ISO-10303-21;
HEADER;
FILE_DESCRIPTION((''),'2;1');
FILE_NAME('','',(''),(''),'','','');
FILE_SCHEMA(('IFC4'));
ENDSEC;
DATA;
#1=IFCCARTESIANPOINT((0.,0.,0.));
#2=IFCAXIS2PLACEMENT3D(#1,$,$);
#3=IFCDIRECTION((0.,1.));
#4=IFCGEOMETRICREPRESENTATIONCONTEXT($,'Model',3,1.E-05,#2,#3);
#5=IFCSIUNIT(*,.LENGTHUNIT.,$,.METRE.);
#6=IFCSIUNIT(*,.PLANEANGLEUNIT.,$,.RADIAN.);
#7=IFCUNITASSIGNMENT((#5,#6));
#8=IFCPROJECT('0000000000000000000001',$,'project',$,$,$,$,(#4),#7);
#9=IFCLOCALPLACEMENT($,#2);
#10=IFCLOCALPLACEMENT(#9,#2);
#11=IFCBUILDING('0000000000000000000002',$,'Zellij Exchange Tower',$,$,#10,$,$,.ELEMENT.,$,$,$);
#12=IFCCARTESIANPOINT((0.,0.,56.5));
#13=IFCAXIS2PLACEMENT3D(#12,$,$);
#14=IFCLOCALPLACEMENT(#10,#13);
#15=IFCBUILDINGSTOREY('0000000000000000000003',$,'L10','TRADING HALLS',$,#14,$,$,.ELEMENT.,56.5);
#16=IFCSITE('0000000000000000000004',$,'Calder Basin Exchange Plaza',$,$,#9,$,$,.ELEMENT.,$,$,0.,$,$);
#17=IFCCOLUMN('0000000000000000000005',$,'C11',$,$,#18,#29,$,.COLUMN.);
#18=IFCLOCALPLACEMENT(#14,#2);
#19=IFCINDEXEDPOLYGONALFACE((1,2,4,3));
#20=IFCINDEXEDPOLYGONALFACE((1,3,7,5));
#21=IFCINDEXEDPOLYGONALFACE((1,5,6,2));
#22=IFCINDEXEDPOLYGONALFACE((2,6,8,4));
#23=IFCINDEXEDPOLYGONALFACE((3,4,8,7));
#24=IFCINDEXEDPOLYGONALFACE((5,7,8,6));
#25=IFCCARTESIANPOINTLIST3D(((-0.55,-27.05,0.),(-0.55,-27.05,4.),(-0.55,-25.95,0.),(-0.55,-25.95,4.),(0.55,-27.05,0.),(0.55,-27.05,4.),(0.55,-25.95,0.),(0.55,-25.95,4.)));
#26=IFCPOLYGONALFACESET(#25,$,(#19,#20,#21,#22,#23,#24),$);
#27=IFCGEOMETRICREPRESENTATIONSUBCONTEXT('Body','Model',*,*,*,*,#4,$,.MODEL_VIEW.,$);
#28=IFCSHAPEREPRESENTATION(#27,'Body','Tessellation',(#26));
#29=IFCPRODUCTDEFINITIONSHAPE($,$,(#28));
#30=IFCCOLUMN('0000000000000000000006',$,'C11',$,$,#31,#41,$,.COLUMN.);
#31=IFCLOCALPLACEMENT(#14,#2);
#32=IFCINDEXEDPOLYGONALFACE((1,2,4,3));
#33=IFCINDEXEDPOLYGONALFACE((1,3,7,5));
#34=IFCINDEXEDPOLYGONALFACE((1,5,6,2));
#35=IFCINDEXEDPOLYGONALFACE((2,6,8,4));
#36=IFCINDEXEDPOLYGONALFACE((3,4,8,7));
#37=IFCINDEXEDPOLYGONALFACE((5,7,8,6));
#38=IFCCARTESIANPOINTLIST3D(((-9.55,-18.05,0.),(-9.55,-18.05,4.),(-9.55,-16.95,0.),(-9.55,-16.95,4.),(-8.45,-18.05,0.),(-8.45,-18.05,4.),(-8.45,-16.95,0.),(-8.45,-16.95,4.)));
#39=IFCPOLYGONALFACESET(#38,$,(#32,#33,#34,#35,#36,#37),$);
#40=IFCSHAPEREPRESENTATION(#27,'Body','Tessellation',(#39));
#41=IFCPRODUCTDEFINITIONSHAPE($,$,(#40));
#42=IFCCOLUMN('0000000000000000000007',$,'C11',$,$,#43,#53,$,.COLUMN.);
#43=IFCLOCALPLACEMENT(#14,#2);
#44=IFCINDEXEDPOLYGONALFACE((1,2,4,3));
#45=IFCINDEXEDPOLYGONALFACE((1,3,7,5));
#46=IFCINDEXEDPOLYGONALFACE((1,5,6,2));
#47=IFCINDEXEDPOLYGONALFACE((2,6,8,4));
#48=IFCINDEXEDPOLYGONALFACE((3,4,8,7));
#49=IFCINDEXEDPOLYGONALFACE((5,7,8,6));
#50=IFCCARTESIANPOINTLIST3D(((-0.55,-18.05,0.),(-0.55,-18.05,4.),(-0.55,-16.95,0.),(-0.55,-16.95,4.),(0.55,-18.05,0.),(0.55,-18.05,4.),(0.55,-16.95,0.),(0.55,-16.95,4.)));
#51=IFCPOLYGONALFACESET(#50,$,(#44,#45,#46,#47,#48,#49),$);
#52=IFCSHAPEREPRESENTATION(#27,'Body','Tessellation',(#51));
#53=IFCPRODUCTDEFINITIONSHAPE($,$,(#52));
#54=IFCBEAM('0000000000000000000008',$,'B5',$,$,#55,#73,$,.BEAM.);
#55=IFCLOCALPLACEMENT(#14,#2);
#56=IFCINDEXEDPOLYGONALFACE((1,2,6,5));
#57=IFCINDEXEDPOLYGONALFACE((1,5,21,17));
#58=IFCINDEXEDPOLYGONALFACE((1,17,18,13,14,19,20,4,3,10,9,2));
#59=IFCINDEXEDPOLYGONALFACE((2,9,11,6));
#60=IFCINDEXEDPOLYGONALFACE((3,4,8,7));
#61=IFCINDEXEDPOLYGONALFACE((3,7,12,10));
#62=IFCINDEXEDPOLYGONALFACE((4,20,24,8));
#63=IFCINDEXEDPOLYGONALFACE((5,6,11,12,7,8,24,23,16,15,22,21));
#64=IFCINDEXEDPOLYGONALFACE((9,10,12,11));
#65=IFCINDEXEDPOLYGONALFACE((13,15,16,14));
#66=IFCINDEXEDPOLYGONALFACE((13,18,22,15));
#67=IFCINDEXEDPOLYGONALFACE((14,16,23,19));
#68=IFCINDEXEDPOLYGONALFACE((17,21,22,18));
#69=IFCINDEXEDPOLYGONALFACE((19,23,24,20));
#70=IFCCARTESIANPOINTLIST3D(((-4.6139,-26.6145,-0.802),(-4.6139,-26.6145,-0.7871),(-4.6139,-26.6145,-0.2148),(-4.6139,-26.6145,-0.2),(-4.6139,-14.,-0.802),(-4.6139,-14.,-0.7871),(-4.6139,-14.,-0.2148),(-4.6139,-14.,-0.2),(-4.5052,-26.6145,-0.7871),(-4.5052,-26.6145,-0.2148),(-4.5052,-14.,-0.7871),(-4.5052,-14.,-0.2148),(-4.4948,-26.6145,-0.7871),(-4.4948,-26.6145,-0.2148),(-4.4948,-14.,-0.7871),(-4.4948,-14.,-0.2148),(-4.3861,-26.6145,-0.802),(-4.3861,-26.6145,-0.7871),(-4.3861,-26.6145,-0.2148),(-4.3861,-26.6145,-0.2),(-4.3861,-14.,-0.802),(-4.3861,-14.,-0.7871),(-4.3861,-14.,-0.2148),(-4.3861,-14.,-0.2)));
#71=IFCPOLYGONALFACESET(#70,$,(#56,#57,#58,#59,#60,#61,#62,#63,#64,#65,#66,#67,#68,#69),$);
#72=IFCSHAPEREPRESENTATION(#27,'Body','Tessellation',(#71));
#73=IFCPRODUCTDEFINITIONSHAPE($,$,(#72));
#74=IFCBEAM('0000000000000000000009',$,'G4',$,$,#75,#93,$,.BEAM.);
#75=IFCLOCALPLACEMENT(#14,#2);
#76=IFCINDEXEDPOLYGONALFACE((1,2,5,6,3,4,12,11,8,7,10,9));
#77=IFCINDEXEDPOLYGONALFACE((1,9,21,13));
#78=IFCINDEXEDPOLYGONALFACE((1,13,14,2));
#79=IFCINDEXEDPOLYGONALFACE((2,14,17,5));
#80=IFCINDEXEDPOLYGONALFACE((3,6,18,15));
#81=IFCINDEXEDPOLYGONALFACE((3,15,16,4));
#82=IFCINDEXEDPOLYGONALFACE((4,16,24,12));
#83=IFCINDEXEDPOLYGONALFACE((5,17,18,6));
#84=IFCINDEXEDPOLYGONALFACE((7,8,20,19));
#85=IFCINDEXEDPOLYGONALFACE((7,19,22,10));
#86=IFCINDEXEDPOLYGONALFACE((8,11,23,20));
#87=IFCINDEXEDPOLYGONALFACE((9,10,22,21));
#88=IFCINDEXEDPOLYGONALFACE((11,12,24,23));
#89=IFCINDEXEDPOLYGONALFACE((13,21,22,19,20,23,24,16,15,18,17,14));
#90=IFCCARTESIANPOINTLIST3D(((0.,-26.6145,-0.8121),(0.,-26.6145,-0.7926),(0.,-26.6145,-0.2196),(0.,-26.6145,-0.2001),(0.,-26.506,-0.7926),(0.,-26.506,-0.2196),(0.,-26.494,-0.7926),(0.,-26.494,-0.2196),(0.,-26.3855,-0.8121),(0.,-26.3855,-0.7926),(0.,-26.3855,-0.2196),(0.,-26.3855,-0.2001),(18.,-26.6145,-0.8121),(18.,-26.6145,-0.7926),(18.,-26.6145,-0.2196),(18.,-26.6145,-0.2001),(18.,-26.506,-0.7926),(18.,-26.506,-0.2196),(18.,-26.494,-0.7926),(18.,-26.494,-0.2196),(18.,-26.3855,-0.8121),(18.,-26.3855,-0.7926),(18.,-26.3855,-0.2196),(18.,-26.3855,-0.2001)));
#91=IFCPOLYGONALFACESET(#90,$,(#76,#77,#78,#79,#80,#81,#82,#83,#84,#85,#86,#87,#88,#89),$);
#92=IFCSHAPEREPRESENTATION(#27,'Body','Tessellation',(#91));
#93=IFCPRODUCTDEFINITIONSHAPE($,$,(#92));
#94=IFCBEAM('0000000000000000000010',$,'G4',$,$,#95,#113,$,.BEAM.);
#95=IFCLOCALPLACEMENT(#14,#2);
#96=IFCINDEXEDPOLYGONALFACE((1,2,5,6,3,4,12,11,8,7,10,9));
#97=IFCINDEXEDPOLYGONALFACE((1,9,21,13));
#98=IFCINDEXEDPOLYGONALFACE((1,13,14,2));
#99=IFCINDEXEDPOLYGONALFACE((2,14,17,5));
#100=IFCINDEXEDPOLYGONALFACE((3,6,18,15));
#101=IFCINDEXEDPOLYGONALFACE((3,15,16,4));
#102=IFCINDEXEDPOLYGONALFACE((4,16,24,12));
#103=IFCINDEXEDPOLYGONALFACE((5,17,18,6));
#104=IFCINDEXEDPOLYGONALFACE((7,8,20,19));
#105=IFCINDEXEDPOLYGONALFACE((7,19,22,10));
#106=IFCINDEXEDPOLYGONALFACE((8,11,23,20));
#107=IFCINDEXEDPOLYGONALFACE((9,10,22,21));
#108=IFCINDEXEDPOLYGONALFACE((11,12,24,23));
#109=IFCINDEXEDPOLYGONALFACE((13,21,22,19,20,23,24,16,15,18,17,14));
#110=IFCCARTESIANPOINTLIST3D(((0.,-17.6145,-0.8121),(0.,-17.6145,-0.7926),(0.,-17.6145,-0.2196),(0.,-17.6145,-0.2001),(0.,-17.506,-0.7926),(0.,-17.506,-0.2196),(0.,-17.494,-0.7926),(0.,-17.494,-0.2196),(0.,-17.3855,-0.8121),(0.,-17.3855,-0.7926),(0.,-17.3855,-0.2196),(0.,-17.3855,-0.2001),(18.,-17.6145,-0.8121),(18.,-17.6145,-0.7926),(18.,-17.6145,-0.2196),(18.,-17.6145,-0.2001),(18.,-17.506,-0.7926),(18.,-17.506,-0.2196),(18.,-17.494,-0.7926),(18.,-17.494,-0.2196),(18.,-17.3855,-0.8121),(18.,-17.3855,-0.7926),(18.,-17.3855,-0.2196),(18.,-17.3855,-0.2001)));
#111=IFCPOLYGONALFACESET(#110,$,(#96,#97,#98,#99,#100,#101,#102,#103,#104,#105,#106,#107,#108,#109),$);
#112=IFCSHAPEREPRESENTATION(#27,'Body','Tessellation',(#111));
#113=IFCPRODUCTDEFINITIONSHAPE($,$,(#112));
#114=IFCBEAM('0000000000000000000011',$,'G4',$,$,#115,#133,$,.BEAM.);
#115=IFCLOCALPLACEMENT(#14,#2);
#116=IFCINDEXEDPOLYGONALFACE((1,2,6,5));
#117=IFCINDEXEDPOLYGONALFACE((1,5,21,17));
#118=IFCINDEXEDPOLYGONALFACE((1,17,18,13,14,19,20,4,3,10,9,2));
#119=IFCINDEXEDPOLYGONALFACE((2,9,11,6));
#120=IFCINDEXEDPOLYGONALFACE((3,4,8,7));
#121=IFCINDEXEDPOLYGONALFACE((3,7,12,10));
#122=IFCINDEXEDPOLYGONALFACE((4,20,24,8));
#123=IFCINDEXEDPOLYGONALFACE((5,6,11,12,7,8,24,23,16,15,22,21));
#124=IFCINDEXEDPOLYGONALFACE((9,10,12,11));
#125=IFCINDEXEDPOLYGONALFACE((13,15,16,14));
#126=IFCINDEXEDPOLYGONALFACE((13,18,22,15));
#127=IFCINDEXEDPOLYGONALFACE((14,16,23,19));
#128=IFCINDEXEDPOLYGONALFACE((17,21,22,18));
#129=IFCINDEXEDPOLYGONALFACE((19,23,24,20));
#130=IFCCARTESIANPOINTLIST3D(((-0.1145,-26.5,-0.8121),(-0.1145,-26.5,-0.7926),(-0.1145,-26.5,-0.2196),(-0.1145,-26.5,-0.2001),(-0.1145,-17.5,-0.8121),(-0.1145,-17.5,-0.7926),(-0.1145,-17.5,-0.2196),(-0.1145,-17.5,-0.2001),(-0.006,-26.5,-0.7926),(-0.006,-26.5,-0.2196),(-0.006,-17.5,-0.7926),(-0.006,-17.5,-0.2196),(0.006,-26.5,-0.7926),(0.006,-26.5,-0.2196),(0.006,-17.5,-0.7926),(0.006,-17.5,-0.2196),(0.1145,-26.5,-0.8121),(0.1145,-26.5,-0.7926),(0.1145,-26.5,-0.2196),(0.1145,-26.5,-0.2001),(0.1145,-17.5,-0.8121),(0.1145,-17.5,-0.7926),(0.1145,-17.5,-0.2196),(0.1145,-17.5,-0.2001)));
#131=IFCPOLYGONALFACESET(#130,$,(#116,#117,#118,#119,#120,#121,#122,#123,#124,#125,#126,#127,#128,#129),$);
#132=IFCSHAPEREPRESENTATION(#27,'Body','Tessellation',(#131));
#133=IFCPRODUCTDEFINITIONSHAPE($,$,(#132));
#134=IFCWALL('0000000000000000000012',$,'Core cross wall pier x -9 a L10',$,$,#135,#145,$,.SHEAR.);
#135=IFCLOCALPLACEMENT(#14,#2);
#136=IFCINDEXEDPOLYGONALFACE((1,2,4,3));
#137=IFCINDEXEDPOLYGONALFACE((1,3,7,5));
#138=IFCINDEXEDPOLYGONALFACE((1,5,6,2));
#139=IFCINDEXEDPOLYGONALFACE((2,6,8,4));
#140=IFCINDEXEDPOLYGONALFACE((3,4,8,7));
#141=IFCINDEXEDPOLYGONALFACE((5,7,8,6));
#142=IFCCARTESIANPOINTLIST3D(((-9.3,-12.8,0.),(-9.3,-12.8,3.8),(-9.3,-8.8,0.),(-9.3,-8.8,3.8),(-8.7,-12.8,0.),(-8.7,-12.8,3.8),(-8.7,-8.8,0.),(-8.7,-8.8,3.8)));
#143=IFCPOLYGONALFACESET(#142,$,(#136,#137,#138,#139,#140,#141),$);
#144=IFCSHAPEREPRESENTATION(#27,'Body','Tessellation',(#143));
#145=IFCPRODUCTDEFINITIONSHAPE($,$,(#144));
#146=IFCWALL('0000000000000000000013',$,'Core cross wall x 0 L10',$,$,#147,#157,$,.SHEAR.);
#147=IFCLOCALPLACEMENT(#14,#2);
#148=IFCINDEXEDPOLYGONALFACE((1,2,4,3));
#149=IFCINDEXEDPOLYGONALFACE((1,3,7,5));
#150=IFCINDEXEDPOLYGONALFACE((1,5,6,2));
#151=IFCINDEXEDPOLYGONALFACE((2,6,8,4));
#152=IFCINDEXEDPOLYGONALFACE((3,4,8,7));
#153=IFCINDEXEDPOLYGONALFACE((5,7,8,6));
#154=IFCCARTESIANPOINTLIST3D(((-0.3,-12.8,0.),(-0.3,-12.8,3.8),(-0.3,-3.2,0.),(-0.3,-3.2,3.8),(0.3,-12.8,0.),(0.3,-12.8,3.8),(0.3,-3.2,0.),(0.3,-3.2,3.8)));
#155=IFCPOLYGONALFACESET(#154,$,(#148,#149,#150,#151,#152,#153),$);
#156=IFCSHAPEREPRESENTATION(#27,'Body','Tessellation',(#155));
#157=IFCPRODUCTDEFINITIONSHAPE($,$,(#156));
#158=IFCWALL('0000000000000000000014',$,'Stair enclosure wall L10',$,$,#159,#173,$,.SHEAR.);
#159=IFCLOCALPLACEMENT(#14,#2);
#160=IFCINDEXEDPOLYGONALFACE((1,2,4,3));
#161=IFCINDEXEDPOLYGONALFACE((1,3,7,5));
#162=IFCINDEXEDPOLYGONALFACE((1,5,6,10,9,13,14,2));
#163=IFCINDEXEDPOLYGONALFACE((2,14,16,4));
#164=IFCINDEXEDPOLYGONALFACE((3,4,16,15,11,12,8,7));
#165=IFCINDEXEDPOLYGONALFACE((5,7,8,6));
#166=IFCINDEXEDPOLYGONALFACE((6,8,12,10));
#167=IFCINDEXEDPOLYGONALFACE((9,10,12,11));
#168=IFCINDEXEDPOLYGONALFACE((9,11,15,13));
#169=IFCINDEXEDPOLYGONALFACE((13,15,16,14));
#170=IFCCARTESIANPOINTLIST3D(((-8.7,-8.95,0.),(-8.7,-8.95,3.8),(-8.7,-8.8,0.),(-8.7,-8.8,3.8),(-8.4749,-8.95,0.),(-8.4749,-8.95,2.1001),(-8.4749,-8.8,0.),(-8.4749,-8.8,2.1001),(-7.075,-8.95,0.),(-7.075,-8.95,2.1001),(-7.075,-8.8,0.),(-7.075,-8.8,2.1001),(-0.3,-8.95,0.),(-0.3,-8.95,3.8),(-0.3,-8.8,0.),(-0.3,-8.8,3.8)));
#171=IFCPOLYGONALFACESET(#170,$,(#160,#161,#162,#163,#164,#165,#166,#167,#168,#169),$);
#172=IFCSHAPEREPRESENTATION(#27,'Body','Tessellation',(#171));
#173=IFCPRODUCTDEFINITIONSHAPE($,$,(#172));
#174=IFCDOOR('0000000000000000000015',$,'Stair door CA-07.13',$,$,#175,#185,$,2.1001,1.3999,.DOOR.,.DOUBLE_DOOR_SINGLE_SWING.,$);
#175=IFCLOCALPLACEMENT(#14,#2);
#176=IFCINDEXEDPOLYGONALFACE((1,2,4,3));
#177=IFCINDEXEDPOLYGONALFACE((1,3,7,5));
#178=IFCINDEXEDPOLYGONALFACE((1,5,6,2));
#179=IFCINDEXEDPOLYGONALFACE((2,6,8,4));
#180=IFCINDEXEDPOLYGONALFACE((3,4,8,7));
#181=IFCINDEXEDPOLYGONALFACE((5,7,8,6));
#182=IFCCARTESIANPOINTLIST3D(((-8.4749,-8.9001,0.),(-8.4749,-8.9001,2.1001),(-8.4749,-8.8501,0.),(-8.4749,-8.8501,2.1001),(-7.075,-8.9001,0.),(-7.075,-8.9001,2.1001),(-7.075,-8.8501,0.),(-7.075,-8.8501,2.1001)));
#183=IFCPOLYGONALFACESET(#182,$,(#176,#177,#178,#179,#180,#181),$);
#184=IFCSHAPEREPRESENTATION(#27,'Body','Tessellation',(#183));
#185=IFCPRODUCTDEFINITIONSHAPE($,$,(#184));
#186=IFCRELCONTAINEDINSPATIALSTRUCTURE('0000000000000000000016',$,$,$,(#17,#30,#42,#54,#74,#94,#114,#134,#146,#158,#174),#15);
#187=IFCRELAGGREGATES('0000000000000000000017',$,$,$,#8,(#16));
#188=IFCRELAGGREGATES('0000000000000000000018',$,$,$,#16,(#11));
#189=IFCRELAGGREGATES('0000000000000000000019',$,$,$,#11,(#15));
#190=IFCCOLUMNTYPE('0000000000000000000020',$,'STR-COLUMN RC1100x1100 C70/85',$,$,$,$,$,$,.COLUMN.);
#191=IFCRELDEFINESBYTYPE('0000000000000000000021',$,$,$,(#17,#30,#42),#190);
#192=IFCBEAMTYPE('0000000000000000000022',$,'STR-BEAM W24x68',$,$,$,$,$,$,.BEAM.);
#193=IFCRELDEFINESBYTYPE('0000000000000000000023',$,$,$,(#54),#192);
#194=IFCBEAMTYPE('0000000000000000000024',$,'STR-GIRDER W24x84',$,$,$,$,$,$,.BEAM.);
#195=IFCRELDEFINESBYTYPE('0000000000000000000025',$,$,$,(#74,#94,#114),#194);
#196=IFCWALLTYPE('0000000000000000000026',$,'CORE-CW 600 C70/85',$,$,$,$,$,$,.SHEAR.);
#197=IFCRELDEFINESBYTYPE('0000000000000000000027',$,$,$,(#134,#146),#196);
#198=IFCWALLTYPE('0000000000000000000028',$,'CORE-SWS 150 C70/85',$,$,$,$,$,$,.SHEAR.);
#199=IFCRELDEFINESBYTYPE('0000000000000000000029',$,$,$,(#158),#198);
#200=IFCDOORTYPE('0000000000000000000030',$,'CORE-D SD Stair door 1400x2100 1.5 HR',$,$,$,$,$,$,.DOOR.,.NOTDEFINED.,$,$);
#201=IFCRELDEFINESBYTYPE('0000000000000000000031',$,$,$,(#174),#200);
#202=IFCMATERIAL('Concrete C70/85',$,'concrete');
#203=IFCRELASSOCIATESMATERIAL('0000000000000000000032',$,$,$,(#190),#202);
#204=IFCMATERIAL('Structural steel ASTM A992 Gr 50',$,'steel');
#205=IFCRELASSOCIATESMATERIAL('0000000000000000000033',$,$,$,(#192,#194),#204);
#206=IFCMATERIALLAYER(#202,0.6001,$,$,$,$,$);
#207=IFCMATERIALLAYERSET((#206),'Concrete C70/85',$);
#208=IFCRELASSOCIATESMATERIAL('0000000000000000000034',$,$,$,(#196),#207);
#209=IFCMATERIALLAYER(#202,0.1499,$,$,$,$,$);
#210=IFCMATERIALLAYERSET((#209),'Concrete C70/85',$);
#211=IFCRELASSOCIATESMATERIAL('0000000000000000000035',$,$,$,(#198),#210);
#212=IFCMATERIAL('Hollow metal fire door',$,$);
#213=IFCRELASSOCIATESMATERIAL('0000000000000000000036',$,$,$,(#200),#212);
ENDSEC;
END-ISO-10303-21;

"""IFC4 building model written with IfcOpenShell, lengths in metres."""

from ifc_helpers import new_model, si_unit, direction, frame, frame_2d, origin, origin_2d, place, context, subcontext, project, spatial, rectangle, i_section, extrude, material, layer, layer_set, material_profile, profile_set, type_object, element, fill, save


model = new_model("IFC4")

# Units and contexts
model_context = context("Model", 3, precision=1e-05, world=origin(), true_north=direction((0.0, 1.0)))
body_context = subcontext(model_context, "Body", "Model", "MODEL_VIEW")
ifc_project = project(units=[si_unit("LENGTHUNIT", "METRE"), si_unit("PLANEANGLEUNIT", "RADIAN")], contexts=[model_context])

# Site, building, storey
site_placement = place(None, origin())
site = spatial("IfcSite", under=ifc_project, at=site_placement, Name="Calder Basin Exchange Plaza", CompositionType="ELEMENT", RefElevation=0.0)
building_placement = place(site_placement, origin())
building = spatial("IfcBuilding", under=site, at=building_placement, Name="Zellij Exchange Tower", CompositionType="ELEMENT")
storey_placement = place(building_placement, frame((0.0, 0.0, 56.5)))
storey = spatial("IfcBuildingStorey", under=building, at=storey_placement, Name="L10", Description="TRADING HALLS", CompositionType="ELEMENT", Elevation=56.5)

# Columns
ifc_material_1 = material(Name="Concrete C70/85", Category="concrete")
ifc_material_profile_1 = material_profile(ifc_material_1, rectangle(XDim=1.1001, YDim=1.1001, at=origin_2d()), Name="STR-COLUMN RC1100x1100 C70/85")
ifc_profile_set_1 = profile_set([ifc_material_profile_1], Name="Concrete C70/85")
column_type = type_object("IfcColumnType", Name="STR-COLUMN RC1100x1100 C70/85", PredefinedType="COLUMN", material=ifc_profile_set_1)
for number, where, z_axis, x_axis, name in (
    (1, (0.0, -26.5, 0.0), (0.0, 0.0, 1.0), (1.0, 0.0, 0.0), "C11"),
    (2, (-9.0, -17.5, 0.0), (0.0, 0.0, 1.0), (1.0, 0.0, 0.0), "C11"),
    (3, (0.0, -17.5, 0.0), (0.0, 0.0, 1.0), (1.0, 0.0, 0.0), "C11"),
):
    element("IfcColumn", number, at=place(storey_placement, frame(where, z_axis=z_axis, x_axis=x_axis)), inside=storey, type_object=column_type, Name=name, PredefinedType="COLUMN", context=body_context, shape_type="SweptSolid", body=[
        extrude(rectangle(XDim=1.1001, YDim=1.1001, at=origin_2d()), origin(), (0.0, 0.0, 1.0), 4.0),
    ])

# Beams
ifc_material_2 = material(Name="Structural steel ASTM A992 Gr 50", Category="steel")
ifc_material_profile_2 = material_profile(ifc_material_2, i_section(OverallWidth=0.2278, OverallDepth=0.6021, WebThickness=0.0105, FlangeThickness=0.0149, at=origin_2d()), Name="W24x68")
ifc_profile_set_2 = profile_set([ifc_material_profile_2], Name="Structural steel ASTM A992 Gr 50")
beam_type_1 = type_object("IfcBeamType", Name="STR-BEAM W24x68", PredefinedType="BEAM", material=ifc_profile_set_2)
beam_1_placement = place(storey_placement, frame((-4.5, -26.6145, -0.501), z_axis=(0.0, 1.0, 0.0), x_axis=(-1.0, 0.0, 0.0)))
element("IfcBeam", 4, at=beam_1_placement, inside=storey, type_object=beam_type_1, Name="B5", PredefinedType="BEAM", context=body_context, shape_type="SweptSolid", body=[
    extrude(i_section(OverallWidth=0.2278, OverallDepth=0.6021, WebThickness=0.0105, FlangeThickness=0.0149, at=origin_2d()), origin(), (0.0, 0.0, 1.0), 12.6145),
])
ifc_material_profile_3 = material_profile(ifc_material_2, i_section(OverallWidth=0.229, OverallDepth=0.6121, WebThickness=0.012, FlangeThickness=0.0195, at=origin_2d()), Name="W24x84")
ifc_profile_set_3 = profile_set([ifc_material_profile_3], Name="Structural steel ASTM A992 Gr 50")
beam_type_2 = type_object("IfcBeamType", Name="STR-GIRDER W24x84", PredefinedType="BEAM", material=ifc_profile_set_3)
for number, where, z_axis, x_axis, name in (
    (5, (0.0, -26.5, -0.5061), (1.0, 0.0, 0.0), (0.0, 1.0, 0.0), "G4"),
    (6, (0.0, -17.5, -0.5061), (1.0, 0.0, 0.0), (0.0, 1.0, 0.0), "G4"),
):
    element("IfcBeam", number, at=place(storey_placement, frame(where, z_axis=z_axis, x_axis=x_axis)), inside=storey, type_object=beam_type_2, Name=name, PredefinedType="BEAM", context=body_context, shape_type="SweptSolid", body=[
        extrude(i_section(OverallWidth=0.229, OverallDepth=0.6121, WebThickness=0.012, FlangeThickness=0.0195, at=origin_2d()), origin(), (0.0, 0.0, 1.0), 18.0),
    ])
beam_2_placement = place(storey_placement, frame((0.0, -26.5, -0.5061), z_axis=(0.0, 1.0, 0.0), x_axis=(-1.0, 0.0, 0.0)))
element("IfcBeam", 7, at=beam_2_placement, inside=storey, type_object=beam_type_2, Name="G4", PredefinedType="BEAM", context=body_context, shape_type="SweptSolid", body=[
    extrude(i_section(OverallWidth=0.229, OverallDepth=0.6121, WebThickness=0.012, FlangeThickness=0.0195, at=origin_2d()), origin(), (0.0, 0.0, 1.0), 9.0),
])

# Walls
ifc_layer_1 = layer(ifc_material_1, 0.6001)
ifc_layer_set_1 = layer_set([ifc_layer_1], Name="Concrete C70/85")
wall_type_1 = type_object("IfcWallType", Name="CORE-CW 600 C70/85", PredefinedType="SHEAR", material=ifc_layer_set_1)
wall_1_placement = place(storey_placement, frame((-9.0, -12.8, 0.0), z_axis=(0.0, 0.0, 1.0), x_axis=(0.0, 1.0, 0.0)))
element("IfcWall", 8, at=wall_1_placement, inside=storey, type_object=wall_type_1, Name="Core cross wall pier x -9 a L10", PredefinedType="SHEAR", context=body_context, shape_type="SweptSolid", body=[
    extrude(rectangle(XDim=4.0, YDim=0.6001, at=frame_2d((2.0, 0.0))), origin(), (0.0, 0.0, 1.0), 3.8),
])
wall_2_placement = place(storey_placement, frame((0.0, -12.8, 0.0), z_axis=(0.0, 0.0, 1.0), x_axis=(0.0, 1.0, 0.0)))
element("IfcWall", 9, at=wall_2_placement, inside=storey, type_object=wall_type_1, Name="Core cross wall x 0 L10", PredefinedType="SHEAR", context=body_context, shape_type="SweptSolid", body=[
    extrude(rectangle(XDim=9.6001, YDim=0.6001, at=frame_2d((4.8, 0.0))), origin(), (0.0, 0.0, 1.0), 3.8),
])

# Wall, opening, door
ifc_layer_2 = layer(ifc_material_1, 0.1499)
ifc_layer_set_2 = layer_set([ifc_layer_2], Name="Concrete C70/85")
wall_type_2 = type_object("IfcWallType", Name="CORE-SWS 150 C70/85", PredefinedType="SHEAR", material=ifc_layer_set_2)
wall_3_placement = place(storey_placement, frame((-8.7, -8.875, 0.0), z_axis=(0.0, 0.0, 1.0), x_axis=(1.0, 0.0, 0.0)))
wall_3 = element("IfcWall", 10, at=wall_3_placement, inside=storey, type_object=wall_type_2, Name="Stair enclosure wall L10", PredefinedType="SHEAR", context=body_context, shape_type="SweptSolid", body=[
    extrude(rectangle(XDim=8.3999, YDim=0.1499, at=frame_2d((4.2, 0.0))), origin(), (0.0, 0.0, 1.0), 3.8),
])
opening_placement = place(wall_3_placement, frame((0.2251, 0.0, 0.0)))
opening = element("IfcOpeningElement", 11, at=opening_placement, cuts=wall_3, PredefinedType="OPENING", context=body_context, shape_type="SweptSolid", body=[
    extrude(rectangle(XDim=1.3999, YDim=2.1001, at=frame_2d((0.7, 1.05))), frame((0.0, 0.0869, 0.0), z_axis=(0.0, -1.0, 0.0), x_axis=(1.0, 0.0, 0.0)), (0.0, 0.0, 1.0), 0.1738),
])
ifc_material_3 = material(Name="Hollow metal fire door")
door_type = type_object("IfcDoorType", Name="CORE-D SD Stair door 1400x2100 1.5 HR", OperationType="NOTDEFINED", PredefinedType="DOOR", material=ifc_material_3)
door_placement = place(opening_placement, origin())
door = element("IfcDoor", 12, at=door_placement, inside=storey, type_object=door_type, Name="Stair door CA-07.13", OperationType="DOUBLE_DOOR_SINGLE_SWING", OverallHeight=2.1001, OverallWidth=1.3999, PredefinedType="DOOR", context=body_context, shape_type="SweptSolid", body=[
    extrude(rectangle(XDim=1.3999, YDim=2.1001, at=frame_2d((0.7, 1.05))), frame((0.0, 0.0249, 0.0), z_axis=(0.0, -1.0, 0.0), x_axis=(1.0, 0.0, 0.0)), (0.0, 0.0, 1.0), 0.05),
])
fill(opening, door)

save(model, "model.ifc")
